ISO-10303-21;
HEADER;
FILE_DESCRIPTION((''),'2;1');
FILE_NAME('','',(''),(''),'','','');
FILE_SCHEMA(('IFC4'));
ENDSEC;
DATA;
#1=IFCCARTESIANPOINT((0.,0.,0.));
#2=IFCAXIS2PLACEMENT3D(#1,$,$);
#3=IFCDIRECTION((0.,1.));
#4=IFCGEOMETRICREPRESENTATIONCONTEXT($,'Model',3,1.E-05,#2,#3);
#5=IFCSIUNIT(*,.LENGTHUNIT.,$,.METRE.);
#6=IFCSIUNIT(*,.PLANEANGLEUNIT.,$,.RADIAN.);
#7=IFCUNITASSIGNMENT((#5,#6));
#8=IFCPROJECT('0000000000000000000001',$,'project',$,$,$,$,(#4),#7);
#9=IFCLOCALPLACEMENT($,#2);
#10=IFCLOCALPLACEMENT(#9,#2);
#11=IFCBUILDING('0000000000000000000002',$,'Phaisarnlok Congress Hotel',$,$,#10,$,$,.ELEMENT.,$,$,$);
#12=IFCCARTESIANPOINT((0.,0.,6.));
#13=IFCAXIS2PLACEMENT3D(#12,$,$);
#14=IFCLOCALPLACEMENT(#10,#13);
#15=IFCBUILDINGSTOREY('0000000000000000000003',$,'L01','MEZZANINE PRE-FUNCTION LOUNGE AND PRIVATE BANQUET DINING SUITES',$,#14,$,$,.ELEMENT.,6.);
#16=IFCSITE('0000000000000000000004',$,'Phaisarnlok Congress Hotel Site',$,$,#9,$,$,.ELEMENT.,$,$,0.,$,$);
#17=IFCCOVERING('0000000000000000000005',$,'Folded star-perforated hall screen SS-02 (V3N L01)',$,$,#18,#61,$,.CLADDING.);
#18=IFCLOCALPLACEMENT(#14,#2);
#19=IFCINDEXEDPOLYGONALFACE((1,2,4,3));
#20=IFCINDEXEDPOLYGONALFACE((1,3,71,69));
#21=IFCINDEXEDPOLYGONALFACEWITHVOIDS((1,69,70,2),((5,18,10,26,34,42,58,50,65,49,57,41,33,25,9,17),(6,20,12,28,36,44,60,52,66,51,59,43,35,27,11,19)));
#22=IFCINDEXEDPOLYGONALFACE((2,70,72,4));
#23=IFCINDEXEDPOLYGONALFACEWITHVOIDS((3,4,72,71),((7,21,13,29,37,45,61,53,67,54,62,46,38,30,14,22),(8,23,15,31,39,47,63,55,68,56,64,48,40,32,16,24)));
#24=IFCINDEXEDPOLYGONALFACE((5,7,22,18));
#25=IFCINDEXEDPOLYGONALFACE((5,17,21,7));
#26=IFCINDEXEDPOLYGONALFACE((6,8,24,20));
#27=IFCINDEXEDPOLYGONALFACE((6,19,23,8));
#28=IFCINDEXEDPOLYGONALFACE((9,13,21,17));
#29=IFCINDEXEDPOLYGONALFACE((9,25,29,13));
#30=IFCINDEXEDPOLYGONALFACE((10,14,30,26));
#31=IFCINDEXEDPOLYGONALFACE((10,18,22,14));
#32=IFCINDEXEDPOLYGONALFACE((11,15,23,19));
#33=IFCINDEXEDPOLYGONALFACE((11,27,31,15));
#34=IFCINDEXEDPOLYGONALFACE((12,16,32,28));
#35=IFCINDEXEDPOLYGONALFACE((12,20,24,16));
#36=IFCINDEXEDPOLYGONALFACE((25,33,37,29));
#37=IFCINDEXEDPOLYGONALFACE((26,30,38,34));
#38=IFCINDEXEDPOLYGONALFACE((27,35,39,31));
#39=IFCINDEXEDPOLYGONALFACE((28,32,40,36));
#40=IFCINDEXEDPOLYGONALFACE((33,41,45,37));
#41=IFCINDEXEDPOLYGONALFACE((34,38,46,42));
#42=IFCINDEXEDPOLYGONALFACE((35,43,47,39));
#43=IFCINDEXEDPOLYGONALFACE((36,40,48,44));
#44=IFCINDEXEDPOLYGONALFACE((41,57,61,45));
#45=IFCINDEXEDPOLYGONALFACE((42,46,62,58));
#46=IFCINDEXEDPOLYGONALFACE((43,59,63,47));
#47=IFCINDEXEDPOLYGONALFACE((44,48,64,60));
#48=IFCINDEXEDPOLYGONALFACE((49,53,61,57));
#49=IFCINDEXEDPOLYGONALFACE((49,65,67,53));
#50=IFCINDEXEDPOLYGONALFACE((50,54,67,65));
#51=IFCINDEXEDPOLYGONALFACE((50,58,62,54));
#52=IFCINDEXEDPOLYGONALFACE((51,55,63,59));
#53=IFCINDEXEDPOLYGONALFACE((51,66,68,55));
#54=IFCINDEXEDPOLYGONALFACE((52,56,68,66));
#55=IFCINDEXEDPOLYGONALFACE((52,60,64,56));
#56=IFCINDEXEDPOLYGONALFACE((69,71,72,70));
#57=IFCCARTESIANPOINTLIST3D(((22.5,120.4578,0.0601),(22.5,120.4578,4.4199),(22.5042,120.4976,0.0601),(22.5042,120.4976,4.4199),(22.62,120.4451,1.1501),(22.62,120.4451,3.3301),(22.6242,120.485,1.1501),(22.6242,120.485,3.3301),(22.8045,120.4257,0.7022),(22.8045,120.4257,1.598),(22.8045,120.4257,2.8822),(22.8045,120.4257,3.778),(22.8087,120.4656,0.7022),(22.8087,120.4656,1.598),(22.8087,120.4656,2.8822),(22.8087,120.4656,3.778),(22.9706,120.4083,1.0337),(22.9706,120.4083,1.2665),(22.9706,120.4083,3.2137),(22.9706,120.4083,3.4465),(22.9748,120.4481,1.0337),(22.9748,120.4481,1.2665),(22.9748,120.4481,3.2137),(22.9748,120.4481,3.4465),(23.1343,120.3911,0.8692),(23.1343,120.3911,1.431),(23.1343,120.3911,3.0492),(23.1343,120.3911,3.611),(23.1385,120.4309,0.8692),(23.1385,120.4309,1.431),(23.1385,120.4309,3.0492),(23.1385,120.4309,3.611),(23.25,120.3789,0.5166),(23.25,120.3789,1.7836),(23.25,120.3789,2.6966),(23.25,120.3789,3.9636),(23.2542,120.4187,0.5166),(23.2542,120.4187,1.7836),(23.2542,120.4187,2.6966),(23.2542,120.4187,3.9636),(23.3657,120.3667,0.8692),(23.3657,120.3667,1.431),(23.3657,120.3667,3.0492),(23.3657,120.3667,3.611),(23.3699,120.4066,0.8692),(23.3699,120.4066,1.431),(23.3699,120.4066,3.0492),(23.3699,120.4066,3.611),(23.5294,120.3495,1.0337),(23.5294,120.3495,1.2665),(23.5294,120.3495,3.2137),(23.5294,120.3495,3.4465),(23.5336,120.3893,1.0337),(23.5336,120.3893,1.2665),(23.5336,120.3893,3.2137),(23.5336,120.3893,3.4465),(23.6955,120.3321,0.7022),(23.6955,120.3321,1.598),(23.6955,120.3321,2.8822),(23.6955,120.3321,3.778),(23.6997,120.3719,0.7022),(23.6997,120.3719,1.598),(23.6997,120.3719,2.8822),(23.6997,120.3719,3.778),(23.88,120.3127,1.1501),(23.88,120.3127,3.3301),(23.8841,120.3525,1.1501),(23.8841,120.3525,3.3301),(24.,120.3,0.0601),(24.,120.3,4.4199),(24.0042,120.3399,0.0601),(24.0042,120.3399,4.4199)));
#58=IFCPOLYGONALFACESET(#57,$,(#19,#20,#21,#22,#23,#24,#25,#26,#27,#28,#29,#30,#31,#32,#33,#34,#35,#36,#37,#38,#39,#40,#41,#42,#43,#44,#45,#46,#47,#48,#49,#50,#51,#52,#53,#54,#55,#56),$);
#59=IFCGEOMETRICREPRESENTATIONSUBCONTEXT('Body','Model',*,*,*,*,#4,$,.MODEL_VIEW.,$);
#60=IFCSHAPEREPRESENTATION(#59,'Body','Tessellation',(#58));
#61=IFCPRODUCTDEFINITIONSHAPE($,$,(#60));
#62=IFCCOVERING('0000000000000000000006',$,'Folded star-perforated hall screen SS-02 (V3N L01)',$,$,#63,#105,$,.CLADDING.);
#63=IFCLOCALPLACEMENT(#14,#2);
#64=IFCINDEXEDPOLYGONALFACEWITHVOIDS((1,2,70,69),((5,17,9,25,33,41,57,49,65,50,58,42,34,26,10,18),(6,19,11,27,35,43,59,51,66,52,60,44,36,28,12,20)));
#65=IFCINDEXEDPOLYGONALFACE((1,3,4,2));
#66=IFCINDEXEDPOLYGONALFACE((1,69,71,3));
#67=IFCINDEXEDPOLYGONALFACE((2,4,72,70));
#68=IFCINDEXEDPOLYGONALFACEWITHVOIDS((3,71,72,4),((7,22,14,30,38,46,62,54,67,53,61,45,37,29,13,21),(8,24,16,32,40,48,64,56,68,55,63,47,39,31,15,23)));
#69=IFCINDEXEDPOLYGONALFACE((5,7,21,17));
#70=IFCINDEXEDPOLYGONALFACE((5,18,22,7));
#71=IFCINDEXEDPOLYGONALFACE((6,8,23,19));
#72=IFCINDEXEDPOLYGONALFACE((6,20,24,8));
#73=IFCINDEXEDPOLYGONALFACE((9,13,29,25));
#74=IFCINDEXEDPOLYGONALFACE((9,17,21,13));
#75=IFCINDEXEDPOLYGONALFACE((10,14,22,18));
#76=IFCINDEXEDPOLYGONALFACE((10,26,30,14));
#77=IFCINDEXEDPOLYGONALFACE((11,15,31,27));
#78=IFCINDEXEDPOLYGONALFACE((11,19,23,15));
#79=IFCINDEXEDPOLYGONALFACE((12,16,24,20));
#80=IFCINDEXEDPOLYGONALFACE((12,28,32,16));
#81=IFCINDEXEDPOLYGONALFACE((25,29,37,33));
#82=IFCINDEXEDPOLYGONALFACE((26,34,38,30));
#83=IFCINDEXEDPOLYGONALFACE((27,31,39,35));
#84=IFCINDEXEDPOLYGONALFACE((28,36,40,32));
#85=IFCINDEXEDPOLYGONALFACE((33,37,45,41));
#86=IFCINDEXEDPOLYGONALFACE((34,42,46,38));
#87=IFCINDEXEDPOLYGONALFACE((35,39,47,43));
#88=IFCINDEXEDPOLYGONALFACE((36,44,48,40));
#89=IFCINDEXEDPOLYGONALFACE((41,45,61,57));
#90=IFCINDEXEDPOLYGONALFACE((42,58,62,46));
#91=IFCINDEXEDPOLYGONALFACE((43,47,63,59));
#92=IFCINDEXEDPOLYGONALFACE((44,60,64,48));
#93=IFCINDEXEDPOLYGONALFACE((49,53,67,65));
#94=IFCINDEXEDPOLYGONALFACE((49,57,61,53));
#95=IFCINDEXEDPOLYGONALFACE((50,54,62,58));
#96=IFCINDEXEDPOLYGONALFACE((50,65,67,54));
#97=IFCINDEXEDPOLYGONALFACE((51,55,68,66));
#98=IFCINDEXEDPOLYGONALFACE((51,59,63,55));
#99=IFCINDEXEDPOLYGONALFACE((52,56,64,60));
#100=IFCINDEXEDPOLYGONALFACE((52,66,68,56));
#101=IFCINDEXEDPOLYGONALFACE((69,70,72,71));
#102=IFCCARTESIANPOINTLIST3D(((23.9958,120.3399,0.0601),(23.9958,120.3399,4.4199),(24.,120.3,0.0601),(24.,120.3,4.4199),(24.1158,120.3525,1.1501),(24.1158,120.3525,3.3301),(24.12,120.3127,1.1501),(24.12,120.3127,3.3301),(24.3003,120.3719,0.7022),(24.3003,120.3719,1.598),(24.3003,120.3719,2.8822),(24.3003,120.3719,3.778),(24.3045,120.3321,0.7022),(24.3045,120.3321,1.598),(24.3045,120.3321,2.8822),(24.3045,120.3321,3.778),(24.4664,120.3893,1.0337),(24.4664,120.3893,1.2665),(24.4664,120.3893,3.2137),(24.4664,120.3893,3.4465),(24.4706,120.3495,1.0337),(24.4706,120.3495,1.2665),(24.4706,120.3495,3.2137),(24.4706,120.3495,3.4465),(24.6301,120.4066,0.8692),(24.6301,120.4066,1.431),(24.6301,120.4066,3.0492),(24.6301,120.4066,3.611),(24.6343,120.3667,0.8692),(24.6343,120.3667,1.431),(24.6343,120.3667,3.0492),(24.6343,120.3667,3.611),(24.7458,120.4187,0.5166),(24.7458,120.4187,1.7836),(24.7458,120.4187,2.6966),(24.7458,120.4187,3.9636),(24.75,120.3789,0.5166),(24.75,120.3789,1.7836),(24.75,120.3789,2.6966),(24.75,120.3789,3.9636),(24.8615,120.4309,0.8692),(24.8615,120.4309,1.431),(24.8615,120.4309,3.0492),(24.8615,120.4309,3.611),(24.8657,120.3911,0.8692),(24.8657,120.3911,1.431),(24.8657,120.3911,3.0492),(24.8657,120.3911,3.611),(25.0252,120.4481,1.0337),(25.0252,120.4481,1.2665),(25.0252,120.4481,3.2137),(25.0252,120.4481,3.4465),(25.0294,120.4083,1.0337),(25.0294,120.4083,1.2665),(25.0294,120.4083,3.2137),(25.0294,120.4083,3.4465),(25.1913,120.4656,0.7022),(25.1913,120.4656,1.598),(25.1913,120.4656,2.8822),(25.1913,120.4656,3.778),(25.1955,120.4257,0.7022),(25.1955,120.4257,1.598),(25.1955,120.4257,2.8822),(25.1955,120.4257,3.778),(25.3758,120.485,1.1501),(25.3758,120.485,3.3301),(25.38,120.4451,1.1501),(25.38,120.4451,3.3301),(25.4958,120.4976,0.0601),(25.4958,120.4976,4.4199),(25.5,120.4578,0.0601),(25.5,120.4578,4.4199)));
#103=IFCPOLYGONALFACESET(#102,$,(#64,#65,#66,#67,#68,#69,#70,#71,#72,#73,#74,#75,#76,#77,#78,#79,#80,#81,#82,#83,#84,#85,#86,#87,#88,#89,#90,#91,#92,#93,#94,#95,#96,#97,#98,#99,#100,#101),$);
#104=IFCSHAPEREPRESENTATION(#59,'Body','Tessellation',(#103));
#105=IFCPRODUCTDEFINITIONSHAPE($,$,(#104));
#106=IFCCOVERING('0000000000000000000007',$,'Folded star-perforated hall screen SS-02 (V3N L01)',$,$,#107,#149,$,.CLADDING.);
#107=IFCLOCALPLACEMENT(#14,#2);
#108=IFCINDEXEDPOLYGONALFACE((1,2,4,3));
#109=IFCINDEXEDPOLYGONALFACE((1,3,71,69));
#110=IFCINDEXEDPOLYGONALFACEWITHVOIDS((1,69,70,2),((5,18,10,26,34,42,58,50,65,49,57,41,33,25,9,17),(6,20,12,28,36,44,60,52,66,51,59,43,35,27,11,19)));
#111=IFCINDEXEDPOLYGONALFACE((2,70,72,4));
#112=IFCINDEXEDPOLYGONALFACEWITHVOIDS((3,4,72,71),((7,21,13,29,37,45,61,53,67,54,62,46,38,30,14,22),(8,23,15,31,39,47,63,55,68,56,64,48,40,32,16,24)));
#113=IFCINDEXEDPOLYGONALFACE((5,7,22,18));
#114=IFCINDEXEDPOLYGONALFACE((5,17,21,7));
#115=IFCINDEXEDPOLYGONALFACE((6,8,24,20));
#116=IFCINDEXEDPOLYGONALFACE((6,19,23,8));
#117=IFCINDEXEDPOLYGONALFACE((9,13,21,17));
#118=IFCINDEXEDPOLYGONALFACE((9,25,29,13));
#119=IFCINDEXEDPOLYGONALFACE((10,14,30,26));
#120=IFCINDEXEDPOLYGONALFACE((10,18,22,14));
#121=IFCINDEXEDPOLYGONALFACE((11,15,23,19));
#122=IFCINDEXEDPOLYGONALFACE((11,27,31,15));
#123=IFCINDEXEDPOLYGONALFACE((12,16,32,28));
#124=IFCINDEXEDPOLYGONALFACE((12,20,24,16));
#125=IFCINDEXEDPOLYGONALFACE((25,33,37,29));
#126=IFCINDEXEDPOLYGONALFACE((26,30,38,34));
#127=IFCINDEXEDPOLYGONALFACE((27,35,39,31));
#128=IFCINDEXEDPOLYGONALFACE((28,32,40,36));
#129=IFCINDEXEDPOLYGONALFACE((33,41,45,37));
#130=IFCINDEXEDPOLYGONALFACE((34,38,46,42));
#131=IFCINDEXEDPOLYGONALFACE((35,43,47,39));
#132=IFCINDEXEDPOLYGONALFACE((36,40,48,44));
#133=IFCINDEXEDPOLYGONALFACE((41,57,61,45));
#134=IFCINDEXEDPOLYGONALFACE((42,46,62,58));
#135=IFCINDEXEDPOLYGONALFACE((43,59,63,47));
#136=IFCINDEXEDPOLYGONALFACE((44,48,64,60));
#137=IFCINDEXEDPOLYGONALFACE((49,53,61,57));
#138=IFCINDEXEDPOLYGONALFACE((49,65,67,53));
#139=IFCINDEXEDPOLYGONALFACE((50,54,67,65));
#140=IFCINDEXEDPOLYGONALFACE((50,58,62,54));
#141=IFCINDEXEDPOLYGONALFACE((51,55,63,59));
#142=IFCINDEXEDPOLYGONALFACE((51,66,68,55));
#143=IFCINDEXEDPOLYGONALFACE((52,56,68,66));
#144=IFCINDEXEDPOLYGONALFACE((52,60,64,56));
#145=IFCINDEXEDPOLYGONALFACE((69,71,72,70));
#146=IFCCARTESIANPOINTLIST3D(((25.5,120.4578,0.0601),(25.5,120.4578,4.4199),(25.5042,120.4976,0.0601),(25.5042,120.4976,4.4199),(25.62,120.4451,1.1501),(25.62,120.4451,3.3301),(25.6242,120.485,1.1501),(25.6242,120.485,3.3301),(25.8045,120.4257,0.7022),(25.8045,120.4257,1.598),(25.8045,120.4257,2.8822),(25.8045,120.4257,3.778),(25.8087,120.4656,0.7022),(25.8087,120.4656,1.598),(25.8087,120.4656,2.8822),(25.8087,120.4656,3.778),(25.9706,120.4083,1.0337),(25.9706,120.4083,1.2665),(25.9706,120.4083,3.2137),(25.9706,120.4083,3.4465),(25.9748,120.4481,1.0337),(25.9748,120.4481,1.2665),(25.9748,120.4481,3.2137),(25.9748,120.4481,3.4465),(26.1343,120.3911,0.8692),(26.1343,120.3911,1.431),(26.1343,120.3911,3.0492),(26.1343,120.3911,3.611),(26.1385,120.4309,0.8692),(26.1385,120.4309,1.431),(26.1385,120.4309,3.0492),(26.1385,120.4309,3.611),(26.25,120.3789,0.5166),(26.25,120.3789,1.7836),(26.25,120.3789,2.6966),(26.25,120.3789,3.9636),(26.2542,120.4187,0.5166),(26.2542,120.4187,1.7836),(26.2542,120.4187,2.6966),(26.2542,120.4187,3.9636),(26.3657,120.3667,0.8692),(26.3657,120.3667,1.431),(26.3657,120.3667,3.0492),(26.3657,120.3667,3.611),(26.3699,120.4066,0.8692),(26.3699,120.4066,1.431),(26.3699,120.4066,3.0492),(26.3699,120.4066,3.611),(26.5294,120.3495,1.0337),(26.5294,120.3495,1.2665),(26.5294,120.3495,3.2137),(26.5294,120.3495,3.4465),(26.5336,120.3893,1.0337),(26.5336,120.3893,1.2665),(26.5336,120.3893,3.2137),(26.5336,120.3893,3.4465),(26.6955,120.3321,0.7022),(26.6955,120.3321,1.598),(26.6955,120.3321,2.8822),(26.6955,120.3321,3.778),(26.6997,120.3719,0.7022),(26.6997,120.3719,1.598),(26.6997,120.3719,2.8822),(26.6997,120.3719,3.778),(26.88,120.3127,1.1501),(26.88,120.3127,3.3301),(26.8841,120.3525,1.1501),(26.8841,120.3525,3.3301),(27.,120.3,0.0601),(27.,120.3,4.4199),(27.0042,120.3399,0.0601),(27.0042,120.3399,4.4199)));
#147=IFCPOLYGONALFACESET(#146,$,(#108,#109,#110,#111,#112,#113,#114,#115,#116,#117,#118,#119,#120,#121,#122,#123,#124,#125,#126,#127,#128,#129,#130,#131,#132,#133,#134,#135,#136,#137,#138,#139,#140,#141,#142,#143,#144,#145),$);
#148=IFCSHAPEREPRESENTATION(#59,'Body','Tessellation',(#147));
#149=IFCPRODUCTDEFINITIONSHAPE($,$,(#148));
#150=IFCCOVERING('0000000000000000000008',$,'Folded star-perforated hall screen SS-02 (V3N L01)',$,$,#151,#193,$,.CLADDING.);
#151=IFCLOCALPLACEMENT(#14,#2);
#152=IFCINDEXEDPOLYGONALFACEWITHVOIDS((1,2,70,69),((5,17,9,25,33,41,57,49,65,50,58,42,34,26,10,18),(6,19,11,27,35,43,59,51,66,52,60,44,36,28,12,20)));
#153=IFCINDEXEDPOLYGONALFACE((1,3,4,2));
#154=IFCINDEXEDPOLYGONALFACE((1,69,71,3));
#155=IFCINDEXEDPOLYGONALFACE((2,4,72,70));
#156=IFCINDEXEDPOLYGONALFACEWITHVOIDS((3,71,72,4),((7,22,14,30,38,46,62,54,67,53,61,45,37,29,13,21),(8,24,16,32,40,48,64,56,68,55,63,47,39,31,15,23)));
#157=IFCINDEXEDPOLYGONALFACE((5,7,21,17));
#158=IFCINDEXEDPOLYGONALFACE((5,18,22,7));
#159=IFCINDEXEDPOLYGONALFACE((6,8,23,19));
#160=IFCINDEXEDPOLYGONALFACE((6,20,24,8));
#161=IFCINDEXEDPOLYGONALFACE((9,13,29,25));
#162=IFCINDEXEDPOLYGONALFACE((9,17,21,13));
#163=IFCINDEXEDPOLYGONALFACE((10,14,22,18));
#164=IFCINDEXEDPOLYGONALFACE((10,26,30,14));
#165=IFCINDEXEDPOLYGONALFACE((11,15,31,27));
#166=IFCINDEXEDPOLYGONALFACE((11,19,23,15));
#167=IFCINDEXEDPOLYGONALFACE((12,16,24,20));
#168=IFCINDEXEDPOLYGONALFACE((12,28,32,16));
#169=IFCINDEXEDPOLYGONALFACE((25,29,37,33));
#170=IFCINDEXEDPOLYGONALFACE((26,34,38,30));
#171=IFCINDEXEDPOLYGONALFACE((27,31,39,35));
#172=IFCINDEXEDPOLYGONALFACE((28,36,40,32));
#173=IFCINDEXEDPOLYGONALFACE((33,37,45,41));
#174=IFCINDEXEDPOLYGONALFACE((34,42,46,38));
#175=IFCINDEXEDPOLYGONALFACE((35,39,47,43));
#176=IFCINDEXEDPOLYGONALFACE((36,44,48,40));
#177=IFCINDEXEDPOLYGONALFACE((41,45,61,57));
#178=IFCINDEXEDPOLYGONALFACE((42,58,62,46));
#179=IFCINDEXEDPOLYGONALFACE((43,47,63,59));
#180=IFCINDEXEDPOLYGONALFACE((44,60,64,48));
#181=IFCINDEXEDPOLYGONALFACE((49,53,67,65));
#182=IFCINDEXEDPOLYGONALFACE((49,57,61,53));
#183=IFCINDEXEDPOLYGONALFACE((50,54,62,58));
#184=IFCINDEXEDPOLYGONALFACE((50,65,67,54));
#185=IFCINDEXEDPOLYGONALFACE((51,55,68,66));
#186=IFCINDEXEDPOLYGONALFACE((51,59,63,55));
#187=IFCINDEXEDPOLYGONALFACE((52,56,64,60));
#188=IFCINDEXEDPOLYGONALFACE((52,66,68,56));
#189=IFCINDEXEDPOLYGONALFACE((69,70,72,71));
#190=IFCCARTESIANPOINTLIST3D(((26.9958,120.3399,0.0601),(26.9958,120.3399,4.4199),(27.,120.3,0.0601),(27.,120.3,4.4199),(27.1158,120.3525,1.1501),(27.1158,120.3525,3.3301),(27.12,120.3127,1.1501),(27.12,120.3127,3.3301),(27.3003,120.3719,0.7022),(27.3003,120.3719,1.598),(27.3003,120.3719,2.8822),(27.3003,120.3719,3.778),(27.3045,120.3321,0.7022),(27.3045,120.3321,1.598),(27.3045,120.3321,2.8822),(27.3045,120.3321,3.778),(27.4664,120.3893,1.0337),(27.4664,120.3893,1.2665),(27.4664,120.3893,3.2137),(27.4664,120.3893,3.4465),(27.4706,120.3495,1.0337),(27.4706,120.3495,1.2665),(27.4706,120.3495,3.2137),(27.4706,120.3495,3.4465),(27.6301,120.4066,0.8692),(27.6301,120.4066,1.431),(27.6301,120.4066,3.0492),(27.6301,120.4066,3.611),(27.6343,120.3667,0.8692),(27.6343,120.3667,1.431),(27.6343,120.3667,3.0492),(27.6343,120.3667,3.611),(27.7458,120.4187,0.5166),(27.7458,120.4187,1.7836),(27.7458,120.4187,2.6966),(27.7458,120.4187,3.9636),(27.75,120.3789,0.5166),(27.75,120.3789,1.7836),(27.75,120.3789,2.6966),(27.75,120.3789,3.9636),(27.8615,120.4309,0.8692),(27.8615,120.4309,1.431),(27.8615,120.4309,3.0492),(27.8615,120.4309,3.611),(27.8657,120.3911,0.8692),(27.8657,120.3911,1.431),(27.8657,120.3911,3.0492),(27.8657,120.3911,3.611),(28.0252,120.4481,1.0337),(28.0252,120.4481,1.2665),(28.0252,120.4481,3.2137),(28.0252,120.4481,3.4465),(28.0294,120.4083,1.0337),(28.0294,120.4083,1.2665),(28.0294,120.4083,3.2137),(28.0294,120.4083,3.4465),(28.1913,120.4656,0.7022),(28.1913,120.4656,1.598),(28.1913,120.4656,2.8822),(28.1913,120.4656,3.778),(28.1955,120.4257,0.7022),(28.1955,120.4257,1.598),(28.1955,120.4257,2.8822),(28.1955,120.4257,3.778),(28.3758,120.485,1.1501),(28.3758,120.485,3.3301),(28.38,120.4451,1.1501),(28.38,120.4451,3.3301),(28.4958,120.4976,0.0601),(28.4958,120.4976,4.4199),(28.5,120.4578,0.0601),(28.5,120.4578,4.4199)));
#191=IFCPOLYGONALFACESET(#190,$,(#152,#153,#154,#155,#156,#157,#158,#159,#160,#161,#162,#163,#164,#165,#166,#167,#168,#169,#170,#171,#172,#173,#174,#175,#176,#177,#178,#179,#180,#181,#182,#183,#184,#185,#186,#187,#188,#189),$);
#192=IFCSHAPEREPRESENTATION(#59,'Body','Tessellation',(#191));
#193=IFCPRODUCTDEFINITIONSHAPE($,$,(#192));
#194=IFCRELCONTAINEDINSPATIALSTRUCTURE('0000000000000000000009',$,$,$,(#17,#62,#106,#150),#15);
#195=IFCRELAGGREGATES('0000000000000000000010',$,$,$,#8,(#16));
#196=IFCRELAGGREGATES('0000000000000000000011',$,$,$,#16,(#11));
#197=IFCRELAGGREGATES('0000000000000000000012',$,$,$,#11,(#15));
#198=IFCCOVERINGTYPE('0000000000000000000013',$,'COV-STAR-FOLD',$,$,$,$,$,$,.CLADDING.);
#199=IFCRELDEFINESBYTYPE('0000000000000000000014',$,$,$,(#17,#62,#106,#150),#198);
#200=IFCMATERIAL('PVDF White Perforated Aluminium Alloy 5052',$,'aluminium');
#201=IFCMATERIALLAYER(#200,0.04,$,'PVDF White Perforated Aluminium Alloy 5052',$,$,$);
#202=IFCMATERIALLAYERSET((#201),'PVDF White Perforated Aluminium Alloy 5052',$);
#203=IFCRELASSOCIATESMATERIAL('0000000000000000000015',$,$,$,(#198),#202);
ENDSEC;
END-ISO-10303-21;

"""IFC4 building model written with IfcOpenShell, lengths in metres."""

from ifc_helpers import new_model, si_unit, direction, frame, origin, place, context, subcontext, project, spatial, polyline, outline, extrude, material, layer, layer_set, type_object, element, save


model = new_model("IFC4")

# Units and contexts
model_context = context("Model", 3, precision=1e-05, world=origin(), true_north=direction((0.0, 1.0)))
body_context = subcontext(model_context, "Body", "Model", "MODEL_VIEW")
ifc_project = project(units=[si_unit("LENGTHUNIT", "METRE"), si_unit("PLANEANGLEUNIT", "RADIAN")], contexts=[model_context])

# Site, building, storey
site_placement = place(None, origin())
site = spatial("IfcSite", under=ifc_project, at=site_placement, Name="Phaisarnlok Congress Hotel Site", CompositionType="ELEMENT", RefElevation=0.0)
building_placement = place(site_placement, origin())
building = spatial("IfcBuilding", under=site, at=building_placement, Name="Phaisarnlok Congress Hotel", CompositionType="ELEMENT")
storey_placement = place(building_placement, frame((0.0, 0.0, 6.0)))
storey = spatial("IfcBuildingStorey", under=building, at=storey_placement, Name="L01", Description="MEZZANINE PRE-FUNCTION LOUNGE AND PRIVATE BANQUET DINING SUITES", CompositionType="ELEMENT", Elevation=6.0)

# Coverings
ifc_material_1 = material(Name="PVDF White Perforated Aluminium Alloy 5052", Category="aluminium")
ifc_layer = layer(ifc_material_1, 0.04, Name="PVDF White Perforated Aluminium Alloy 5052")
ifc_layer_set = layer_set([ifc_layer], Name="PVDF White Perforated Aluminium Alloy 5052")
covering_type = type_object("IfcCoveringType", Name="COV-STAR-FOLD", PredefinedType="CLADDING", material=ifc_layer_set)
for number, where, z_axis, x_axis, name in (
    (1, (24.0, 120.3, 0.0601), (0.104567, 0.994518, 0.0), (-0.994518, 0.104567, 0.0), "Folded star-perforated hall screen SS-02 (V3N L01)"),
    (2, (25.5, 120.4578, 0.0601), (-0.104567, 0.994518, 0.0), (-0.994518, -0.104567, 0.0), "Folded star-perforated hall screen SS-02 (V3N L01)"),
    (3, (27.0, 120.3, 0.0601), (0.104567, 0.994518, 0.0), (-0.994518, 0.104567, 0.0), "Folded star-perforated hall screen SS-02 (V3N L01)"),
    (4, (28.5, 120.4578, 0.0601), (-0.104567, 0.994518, 0.0), (-0.994518, -0.104567, 0.0), "Folded star-perforated hall screen SS-02 (V3N L01)"),
):
    element("IfcCovering", number, at=place(storey_placement, frame(where, z_axis=z_axis, x_axis=x_axis)), inside=storey, type_object=covering_type, Name=name, PredefinedType="CLADDING", context=body_context, shape_type="SweptSolid", body=[
        extrude(outline(polyline([(0.0, 0.0), (1.5083, 0.0), (1.5083, 4.3599), (0.0, 4.3599), (0.0, 0.0)]), holes=[polyline([(1.0351, 0.9736), (1.2021, 0.6421), (0.8705, 0.8091), (0.7541, 0.4565), (0.6378, 0.8091), (0.3062, 0.6421), (0.4732, 0.9736), (0.1207, 1.09), (0.4732, 1.2064), (0.3062, 1.5379), (0.6378, 1.3709), (0.7541, 1.7235), (0.8705, 1.3709), (1.2021, 1.5379), (1.0351, 1.2064), (1.3876, 1.09), (1.0351, 0.9736)]), polyline([(1.0351, 3.1536), (1.2021, 2.8221), (0.8705, 2.9891), (0.7541, 2.6365), (0.6378, 2.9891), (0.3062, 2.8221), (0.4732, 3.1536), (0.1207, 3.27), (0.4732, 3.3864), (0.3062, 3.7179), (0.6378, 3.5509), (0.7541, 3.9035), (0.8705, 3.5509), (1.2021, 3.7179), (1.0351, 3.3864), (1.3876, 3.27), (1.0351, 3.1536)])]), origin(), (0.0, 0.0, 1.0), 0.04),
    ])

save(model, "model.ifc")
